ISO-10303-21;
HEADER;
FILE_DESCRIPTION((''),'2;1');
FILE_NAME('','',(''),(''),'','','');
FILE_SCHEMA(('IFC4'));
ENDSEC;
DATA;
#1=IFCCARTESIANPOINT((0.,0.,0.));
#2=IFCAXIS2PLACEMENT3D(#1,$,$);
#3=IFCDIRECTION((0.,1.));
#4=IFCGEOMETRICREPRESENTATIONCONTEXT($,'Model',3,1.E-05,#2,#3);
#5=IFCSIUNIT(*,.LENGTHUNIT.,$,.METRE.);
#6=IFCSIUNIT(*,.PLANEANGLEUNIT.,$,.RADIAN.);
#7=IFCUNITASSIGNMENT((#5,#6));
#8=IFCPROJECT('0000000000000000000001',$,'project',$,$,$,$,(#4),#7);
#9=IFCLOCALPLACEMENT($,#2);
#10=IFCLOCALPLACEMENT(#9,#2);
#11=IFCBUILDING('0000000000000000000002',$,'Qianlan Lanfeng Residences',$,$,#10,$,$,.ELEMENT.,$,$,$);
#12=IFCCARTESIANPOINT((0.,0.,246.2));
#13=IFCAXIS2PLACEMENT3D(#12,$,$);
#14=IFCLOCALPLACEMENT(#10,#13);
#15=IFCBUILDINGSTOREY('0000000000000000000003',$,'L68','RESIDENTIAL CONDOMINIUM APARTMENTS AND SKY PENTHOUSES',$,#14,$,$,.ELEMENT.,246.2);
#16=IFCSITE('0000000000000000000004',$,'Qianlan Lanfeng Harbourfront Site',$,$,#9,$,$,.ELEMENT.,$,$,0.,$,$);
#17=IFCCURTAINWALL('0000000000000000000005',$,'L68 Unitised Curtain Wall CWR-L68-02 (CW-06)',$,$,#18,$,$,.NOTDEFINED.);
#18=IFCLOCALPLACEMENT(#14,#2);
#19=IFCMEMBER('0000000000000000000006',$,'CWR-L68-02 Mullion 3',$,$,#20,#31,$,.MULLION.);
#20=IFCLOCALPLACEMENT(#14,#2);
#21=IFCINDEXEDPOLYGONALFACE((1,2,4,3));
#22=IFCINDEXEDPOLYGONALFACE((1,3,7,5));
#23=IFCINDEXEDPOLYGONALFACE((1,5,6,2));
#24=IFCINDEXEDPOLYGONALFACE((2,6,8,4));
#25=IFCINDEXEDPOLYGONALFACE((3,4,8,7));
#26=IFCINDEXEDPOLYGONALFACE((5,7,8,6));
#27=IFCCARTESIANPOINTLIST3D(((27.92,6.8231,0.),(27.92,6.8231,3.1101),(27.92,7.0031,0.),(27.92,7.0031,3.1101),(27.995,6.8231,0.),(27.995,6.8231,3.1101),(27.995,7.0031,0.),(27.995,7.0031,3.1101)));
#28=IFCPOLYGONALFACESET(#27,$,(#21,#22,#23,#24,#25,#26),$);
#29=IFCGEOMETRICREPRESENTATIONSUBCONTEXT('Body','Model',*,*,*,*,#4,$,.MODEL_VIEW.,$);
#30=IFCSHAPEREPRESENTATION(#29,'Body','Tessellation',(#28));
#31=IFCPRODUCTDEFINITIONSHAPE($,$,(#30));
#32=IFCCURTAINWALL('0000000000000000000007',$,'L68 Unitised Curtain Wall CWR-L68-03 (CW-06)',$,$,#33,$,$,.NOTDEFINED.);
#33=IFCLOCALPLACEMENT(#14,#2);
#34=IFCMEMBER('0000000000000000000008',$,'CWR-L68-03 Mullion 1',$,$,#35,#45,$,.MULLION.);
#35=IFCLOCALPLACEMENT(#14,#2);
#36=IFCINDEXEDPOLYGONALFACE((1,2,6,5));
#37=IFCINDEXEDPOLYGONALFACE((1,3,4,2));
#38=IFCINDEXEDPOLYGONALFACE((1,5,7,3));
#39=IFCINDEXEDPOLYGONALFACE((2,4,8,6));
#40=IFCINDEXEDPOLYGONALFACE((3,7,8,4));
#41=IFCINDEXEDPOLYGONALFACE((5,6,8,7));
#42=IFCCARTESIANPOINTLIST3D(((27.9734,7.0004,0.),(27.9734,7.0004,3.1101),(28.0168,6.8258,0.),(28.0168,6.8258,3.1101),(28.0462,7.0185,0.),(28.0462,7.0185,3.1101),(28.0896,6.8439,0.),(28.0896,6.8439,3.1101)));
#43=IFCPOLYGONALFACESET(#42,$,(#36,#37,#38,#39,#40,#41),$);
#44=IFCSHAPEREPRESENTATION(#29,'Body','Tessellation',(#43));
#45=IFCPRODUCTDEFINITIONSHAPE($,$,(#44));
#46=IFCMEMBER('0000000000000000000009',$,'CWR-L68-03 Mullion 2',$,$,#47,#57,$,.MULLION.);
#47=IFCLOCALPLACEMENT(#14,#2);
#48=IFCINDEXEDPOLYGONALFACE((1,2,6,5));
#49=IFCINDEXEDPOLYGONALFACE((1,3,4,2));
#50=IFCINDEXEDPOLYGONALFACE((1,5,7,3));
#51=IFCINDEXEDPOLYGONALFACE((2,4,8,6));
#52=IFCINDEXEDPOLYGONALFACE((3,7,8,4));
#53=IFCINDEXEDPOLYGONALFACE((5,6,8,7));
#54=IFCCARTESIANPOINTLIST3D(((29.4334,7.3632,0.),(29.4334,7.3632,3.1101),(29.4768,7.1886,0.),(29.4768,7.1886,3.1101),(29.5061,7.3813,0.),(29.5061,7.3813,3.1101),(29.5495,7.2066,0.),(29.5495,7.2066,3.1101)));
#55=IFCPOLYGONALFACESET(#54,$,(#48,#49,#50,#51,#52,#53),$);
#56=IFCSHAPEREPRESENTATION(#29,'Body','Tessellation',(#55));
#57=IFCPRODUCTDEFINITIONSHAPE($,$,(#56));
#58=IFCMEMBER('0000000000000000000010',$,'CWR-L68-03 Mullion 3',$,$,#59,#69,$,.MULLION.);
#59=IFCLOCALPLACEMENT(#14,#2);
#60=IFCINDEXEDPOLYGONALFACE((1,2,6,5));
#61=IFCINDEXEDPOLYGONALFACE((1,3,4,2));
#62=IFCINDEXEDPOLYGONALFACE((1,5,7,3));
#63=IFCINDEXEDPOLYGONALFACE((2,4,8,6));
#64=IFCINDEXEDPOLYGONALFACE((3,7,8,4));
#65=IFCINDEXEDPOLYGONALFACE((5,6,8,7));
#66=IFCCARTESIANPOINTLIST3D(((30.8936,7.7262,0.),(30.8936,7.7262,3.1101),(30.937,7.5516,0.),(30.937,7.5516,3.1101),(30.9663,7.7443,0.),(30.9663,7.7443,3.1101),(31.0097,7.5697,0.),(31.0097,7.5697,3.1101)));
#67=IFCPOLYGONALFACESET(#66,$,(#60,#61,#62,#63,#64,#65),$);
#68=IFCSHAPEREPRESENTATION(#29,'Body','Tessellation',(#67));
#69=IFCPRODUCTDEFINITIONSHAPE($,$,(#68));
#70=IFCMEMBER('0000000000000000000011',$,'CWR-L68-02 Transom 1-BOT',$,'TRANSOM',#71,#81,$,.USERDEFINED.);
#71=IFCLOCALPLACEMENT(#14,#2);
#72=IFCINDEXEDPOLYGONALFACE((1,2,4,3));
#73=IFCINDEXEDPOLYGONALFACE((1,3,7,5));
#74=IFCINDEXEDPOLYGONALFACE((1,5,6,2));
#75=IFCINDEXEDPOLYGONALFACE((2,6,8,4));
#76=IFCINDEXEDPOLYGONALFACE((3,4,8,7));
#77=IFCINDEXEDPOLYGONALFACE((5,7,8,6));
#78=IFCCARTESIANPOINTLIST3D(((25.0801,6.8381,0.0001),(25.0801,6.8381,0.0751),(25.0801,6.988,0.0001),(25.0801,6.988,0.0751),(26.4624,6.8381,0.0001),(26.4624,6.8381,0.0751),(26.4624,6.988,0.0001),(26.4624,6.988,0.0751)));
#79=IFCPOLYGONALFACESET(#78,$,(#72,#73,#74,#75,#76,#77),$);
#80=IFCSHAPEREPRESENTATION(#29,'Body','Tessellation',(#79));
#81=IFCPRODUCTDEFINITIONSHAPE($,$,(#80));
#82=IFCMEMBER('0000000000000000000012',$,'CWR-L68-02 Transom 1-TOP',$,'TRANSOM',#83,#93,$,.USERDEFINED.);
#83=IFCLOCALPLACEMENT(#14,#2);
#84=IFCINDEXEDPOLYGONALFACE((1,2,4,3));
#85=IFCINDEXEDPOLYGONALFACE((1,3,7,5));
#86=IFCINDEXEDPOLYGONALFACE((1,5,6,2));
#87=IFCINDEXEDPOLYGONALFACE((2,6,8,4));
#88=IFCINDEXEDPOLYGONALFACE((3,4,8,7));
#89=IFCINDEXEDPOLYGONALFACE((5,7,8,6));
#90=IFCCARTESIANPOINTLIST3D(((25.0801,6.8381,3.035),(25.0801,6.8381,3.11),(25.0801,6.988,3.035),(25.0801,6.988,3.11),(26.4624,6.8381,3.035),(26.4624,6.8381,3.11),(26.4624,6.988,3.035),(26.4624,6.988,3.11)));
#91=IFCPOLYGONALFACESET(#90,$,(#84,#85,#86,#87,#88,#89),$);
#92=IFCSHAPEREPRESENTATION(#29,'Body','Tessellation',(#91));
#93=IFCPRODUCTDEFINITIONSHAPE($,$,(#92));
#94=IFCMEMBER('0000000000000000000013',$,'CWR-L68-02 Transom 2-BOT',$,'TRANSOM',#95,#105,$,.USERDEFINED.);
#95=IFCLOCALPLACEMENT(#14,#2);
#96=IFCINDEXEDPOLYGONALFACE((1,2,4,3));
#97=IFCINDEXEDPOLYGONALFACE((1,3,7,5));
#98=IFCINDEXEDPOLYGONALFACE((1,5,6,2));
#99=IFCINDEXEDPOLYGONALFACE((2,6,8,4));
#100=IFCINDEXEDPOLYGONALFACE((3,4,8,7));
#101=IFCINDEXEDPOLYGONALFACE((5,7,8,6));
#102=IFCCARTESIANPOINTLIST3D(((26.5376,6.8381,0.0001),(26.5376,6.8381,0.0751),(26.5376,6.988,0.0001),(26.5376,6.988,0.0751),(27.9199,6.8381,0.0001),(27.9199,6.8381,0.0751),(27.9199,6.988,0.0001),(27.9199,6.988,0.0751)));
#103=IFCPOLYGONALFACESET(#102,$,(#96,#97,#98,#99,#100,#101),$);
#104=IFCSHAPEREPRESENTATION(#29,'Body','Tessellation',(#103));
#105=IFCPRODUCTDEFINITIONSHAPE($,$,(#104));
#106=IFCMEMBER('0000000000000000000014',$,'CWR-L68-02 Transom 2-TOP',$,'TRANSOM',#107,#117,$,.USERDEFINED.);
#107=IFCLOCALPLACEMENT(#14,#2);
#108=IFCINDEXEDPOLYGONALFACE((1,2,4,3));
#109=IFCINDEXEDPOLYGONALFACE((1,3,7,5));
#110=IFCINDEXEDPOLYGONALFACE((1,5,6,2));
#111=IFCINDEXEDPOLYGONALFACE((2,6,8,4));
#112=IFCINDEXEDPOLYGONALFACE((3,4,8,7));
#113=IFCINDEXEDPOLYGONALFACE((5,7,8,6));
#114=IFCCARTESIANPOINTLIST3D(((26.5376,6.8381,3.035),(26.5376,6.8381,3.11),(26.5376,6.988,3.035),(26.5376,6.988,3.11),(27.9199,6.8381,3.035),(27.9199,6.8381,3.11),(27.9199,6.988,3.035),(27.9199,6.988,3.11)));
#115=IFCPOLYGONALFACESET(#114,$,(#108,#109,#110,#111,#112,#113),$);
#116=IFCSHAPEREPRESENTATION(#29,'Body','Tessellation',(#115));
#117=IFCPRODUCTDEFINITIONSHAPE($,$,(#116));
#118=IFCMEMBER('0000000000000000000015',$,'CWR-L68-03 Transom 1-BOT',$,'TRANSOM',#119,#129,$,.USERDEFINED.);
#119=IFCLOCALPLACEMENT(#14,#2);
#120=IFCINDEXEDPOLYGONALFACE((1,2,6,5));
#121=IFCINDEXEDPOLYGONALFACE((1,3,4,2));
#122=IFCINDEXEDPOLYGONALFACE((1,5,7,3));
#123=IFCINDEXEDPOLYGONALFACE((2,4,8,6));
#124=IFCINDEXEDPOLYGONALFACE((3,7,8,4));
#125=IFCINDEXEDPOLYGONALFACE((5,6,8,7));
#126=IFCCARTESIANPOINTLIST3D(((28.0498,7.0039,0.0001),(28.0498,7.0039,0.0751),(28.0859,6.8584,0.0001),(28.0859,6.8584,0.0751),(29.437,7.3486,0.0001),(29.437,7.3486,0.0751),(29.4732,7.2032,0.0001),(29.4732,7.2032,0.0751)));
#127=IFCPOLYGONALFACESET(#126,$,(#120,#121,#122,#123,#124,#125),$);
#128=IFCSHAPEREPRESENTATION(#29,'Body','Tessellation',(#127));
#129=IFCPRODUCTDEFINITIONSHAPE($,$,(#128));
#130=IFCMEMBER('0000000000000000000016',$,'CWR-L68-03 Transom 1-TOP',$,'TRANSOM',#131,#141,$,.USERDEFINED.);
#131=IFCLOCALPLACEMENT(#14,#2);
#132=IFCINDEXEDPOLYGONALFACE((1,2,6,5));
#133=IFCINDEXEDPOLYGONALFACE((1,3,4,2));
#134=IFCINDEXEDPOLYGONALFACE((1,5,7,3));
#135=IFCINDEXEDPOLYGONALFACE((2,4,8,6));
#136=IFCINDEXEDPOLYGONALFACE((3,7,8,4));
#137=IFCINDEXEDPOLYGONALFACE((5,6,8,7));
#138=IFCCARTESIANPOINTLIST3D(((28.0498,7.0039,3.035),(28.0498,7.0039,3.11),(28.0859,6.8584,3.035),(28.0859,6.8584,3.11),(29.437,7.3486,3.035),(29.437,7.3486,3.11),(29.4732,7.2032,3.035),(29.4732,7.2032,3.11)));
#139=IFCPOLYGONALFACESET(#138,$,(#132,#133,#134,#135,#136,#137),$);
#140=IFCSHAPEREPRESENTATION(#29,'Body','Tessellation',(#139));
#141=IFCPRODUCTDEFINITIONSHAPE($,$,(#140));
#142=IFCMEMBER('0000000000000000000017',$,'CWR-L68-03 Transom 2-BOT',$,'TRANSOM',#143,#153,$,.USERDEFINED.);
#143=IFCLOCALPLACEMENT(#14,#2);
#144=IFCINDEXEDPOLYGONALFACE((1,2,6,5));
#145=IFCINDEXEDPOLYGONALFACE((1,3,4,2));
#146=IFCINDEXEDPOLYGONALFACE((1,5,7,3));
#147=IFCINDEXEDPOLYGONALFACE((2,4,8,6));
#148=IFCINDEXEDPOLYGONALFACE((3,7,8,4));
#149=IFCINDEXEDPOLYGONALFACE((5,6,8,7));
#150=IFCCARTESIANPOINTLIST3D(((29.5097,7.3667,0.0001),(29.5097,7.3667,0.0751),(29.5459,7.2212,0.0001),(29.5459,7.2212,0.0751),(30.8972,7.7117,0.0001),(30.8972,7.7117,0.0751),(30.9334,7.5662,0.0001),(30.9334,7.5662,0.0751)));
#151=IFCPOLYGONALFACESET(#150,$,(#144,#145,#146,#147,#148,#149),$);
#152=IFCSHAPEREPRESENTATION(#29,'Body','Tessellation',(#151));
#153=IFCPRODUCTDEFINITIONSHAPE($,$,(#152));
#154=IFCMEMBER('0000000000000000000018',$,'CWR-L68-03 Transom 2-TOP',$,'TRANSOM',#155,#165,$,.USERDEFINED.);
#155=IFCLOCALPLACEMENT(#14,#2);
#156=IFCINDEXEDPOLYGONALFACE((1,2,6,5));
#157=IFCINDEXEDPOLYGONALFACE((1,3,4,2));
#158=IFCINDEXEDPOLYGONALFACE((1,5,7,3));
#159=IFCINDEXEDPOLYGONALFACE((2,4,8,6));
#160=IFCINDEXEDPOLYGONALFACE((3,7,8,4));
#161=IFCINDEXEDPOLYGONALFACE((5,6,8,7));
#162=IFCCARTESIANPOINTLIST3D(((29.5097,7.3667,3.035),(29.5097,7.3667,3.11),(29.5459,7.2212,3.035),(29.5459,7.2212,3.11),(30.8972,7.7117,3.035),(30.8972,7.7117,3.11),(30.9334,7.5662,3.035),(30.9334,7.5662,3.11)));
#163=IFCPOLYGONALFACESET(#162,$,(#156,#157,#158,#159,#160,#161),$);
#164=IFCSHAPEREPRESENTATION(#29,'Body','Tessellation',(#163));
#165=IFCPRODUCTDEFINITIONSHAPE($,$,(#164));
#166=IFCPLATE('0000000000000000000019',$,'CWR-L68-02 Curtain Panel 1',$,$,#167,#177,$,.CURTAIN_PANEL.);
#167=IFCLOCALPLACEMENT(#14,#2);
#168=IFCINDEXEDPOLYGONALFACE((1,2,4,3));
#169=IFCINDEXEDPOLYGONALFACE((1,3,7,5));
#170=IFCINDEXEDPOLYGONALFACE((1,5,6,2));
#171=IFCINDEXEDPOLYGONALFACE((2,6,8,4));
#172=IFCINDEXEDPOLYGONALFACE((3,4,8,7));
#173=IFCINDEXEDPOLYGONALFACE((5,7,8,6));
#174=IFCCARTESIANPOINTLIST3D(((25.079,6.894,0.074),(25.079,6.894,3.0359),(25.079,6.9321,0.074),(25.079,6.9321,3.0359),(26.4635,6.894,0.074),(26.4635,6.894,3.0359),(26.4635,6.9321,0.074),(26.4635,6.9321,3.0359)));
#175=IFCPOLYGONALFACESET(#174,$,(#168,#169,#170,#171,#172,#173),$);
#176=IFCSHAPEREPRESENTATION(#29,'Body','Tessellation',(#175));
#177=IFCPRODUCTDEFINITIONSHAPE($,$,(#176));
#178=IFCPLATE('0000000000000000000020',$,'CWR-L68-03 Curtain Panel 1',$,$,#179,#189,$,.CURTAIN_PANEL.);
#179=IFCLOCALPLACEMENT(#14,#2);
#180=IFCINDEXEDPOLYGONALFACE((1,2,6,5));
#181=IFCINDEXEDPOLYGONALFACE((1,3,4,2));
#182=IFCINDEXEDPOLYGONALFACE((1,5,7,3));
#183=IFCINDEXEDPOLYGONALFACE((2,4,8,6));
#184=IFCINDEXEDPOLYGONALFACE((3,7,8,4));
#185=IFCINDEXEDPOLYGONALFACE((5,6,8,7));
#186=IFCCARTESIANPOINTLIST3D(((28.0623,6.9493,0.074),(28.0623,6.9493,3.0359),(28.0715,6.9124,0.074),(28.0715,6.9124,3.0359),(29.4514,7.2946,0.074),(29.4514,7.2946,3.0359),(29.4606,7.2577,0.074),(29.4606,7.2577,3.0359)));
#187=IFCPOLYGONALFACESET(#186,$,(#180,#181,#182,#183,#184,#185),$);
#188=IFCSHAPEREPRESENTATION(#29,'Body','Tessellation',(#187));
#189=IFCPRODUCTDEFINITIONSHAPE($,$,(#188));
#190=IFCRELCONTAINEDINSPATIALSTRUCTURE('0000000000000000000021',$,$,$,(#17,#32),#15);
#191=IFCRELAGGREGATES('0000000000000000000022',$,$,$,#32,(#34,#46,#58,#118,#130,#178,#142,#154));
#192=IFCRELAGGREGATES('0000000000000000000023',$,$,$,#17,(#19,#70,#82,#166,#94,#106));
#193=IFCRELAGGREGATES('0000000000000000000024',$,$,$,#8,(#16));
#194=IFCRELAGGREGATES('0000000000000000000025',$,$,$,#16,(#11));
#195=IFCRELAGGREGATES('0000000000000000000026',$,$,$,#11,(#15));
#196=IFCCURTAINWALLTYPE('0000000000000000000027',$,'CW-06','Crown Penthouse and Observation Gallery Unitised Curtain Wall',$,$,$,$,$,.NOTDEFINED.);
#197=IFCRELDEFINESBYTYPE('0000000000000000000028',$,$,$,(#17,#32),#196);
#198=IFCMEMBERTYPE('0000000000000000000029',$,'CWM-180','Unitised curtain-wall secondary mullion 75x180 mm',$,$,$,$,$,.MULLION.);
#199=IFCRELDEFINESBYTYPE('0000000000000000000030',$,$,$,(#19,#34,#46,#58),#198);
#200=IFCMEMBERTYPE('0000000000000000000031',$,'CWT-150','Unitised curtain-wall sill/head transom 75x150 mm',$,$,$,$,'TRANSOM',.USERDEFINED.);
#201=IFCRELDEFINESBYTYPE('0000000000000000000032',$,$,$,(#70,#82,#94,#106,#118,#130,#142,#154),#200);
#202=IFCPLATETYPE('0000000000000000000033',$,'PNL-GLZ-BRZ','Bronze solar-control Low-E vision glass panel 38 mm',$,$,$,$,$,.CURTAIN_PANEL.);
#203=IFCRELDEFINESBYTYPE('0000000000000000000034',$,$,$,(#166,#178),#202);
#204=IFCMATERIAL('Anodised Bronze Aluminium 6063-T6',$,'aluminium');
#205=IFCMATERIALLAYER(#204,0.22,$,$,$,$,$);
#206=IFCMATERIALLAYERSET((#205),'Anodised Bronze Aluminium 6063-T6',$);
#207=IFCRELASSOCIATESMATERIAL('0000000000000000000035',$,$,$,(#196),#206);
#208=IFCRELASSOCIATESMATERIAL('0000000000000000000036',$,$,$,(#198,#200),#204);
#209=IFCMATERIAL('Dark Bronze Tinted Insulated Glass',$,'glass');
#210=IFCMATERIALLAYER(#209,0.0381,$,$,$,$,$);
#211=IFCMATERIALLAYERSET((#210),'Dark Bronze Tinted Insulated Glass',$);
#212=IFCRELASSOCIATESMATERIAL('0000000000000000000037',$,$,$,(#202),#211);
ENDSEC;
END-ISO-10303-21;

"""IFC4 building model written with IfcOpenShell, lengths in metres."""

from ifc_helpers import new_model, si_unit, direction, frame, origin, origin_2d, place, context, subcontext, project, spatial, rectangle, extrude, source, transform, mapped, material, layer, layer_set, material_profile, profile_set, type_object, element, aggregate, save


model = new_model("IFC4")

# Units and contexts
model_context = context("Model", 3, precision=1e-05, world=origin(), true_north=direction((0.0, 1.0)))
body_context = subcontext(model_context, "Body", "Model", "MODEL_VIEW")
ifc_project = project(units=[si_unit("LENGTHUNIT", "METRE"), si_unit("PLANEANGLEUNIT", "RADIAN")], contexts=[model_context])

# Site, building, storey
site_placement = place(None, origin())
site = spatial("IfcSite", under=ifc_project, at=site_placement, Name="Qianlan Lanfeng Harbourfront Site", CompositionType="ELEMENT", RefElevation=0.0)
building_placement = place(site_placement, origin())
building = spatial("IfcBuilding", under=site, at=building_placement, Name="Qianlan Lanfeng Residences", CompositionType="ELEMENT")
storey_placement = place(building_placement, frame((0.0, 0.0, 246.2)))
storey = spatial("IfcBuildingStorey", under=building, at=storey_placement, Name="L68", Description="RESIDENTIAL CONDOMINIUM APARTMENTS AND SKY PENTHOUSES", CompositionType="ELEMENT", Elevation=246.2)

# Curtain walls, members
ifc_material_1 = material(Name="Anodised Bronze Aluminium 6063-T6", Category="aluminium")
ifc_layer_1 = layer(ifc_material_1, 0.22)
ifc_layer_set_1 = layer_set([ifc_layer_1], Name="Anodised Bronze Aluminium 6063-T6")
curtain_wall_type = type_object("IfcCurtainWallType", Name="CW-06", Description="Crown Penthouse and Observation Gallery Unitised Curtain Wall", PredefinedType="NOTDEFINED", material=ifc_layer_set_1)
curtain_wall_1_placement = place(storey_placement, origin())
curtain_wall_1 = element("IfcCurtainWall", 1, at=curtain_wall_1_placement, inside=storey, type_object=curtain_wall_type, Name="L68 Unitised Curtain Wall CWR-L68-02 (CW-06)", PredefinedType="NOTDEFINED")
ifc_material_profile_1 = material_profile(ifc_material_1, rectangle(XDim=0.075, YDim=0.1799, at=origin_2d()), Name="ALU MULLION 75x180")
ifc_profile_set_1 = profile_set([ifc_material_profile_1], Name="Anodised Bronze Aluminium 6063-T6")
member_type_1 = type_object("IfcMemberType", Name="CWM-180", Description="Unitised curtain-wall secondary mullion 75x180 mm", PredefinedType="MULLION", material=ifc_profile_set_1)
shared_shape_1 = source(origin(), body_context, "Body", "SweptSolid", [
    extrude(rectangle(XDim=0.075, YDim=0.1799, at=origin_2d()), origin(), (0.0, 0.0, 1.0), 3.1101),
])
member_1_placement = place(storey_placement, frame((27.9575, 6.9131, 0.0), z_axis=(0.0, 0.0, 1.0), x_axis=(1.0, 0.0, 0.0)))
member_1 = element("IfcMember", 2, at=member_1_placement, type_object=member_type_1, Name="CWR-L68-02 Mullion 3", PredefinedType="MULLION", context=body_context, shape_type="MappedRepresentation", body=[
    mapped(shared_shape_1, transform((0.0, 0.0, 0.0), scale=1.0)),
])
curtain_wall_2_placement = place(storey_placement, origin())
curtain_wall_2 = element("IfcCurtainWall", 3, at=curtain_wall_2_placement, inside=storey, type_object=curtain_wall_type, Name="L68 Unitised Curtain Wall CWR-L68-03 (CW-06)", PredefinedType="NOTDEFINED")
member_2_placement = place(storey_placement, frame((28.0315, 6.9221, 0.0), z_axis=(0.0, 0.0, 1.0), x_axis=(0.970466, 0.241238, 0.0)))
member_2 = element("IfcMember", 4, at=member_2_placement, type_object=member_type_1, Name="CWR-L68-03 Mullion 1", PredefinedType="MULLION", context=body_context, shape_type="MappedRepresentation", body=[
    mapped(shared_shape_1, transform((0.0, 0.0, 0.0), scale=1.0)),
])
member_3_placement = place(storey_placement, frame((29.4915, 7.2849, 0.0), z_axis=(0.0, 0.0, 1.0), x_axis=(0.970466, 0.241238, 0.0)))
member_3 = element("IfcMember", 5, at=member_3_placement, type_object=member_type_1, Name="CWR-L68-03 Mullion 2", PredefinedType="MULLION", context=body_context, shape_type="MappedRepresentation", body=[
    mapped(shared_shape_1, transform((0.0, 0.0, 0.0), scale=1.0)),
])
member_4_placement = place(storey_placement, frame((30.9517, 7.6479, 0.0), z_axis=(0.0, 0.0, 1.0), x_axis=(0.970466, 0.241238, 0.0)))
member_4 = element("IfcMember", 6, at=member_4_placement, type_object=member_type_1, Name="CWR-L68-03 Mullion 3", PredefinedType="MULLION", context=body_context, shape_type="MappedRepresentation", body=[
    mapped(shared_shape_1, transform((0.0, 0.0, 0.0), scale=1.0)),
])

# Members
ifc_material_profile_2 = material_profile(ifc_material_1, rectangle(XDim=0.075, YDim=0.1499, at=origin_2d()), Name="ALU TRANSOM 75x150")
ifc_profile_set_2 = profile_set([ifc_material_profile_2], Name="Anodised Bronze Aluminium 6063-T6")
member_type_2 = type_object("IfcMemberType", Name="CWT-150", Description="Unitised curtain-wall sill/head transom 75x150 mm", ElementType="TRANSOM", PredefinedType="USERDEFINED", material=ifc_profile_set_2)
shared_shape_2 = source(origin(), body_context, "Body", "SweptSolid", [
    extrude(rectangle(XDim=0.075, YDim=0.1499, at=origin_2d()), origin(), (0.0, 0.0, 1.0), 1.3823),
])
member_5_placement = place(storey_placement, frame((25.0801, 6.9131, 0.0376), z_axis=(1.0, 0.0, 0.0), x_axis=(0.0, 0.0, 1.0)))
member_5 = element("IfcMember", 7, at=member_5_placement, type_object=member_type_2, Name="CWR-L68-02 Transom 1-BOT", ObjectType="TRANSOM", PredefinedType="USERDEFINED", context=body_context, shape_type="MappedRepresentation", body=[
    mapped(shared_shape_2, transform((0.0, 0.0, 0.0), scale=1.0)),
])
member_6_placement = place(storey_placement, frame((25.0801, 6.9131, 3.0725), z_axis=(1.0, 0.0, 0.0), x_axis=(0.0, 0.0, 1.0)))
member_6 = element("IfcMember", 8, at=member_6_placement, type_object=member_type_2, Name="CWR-L68-02 Transom 1-TOP", ObjectType="TRANSOM", PredefinedType="USERDEFINED", context=body_context, shape_type="MappedRepresentation", body=[
    mapped(shared_shape_2, transform((0.0, 0.0, 0.0), scale=1.0)),
])
member_7_placement = place(storey_placement, frame((26.5376, 6.9131, 0.0376), z_axis=(1.0, 0.0, 0.0), x_axis=(0.0, 0.0, 1.0)))
member_7 = element("IfcMember", 9, at=member_7_placement, type_object=member_type_2, Name="CWR-L68-02 Transom 2-BOT", ObjectType="TRANSOM", PredefinedType="USERDEFINED", context=body_context, shape_type="MappedRepresentation", body=[
    mapped(shared_shape_2, transform((0.0, 0.0, 0.0), scale=1.0)),
])
member_8_placement = place(storey_placement, frame((26.5376, 6.9131, 3.0725), z_axis=(1.0, 0.0, 0.0), x_axis=(0.0, 0.0, 1.0)))
member_8 = element("IfcMember", 10, at=member_8_placement, type_object=member_type_2, Name="CWR-L68-02 Transom 2-TOP", ObjectType="TRANSOM", PredefinedType="USERDEFINED", context=body_context, shape_type="MappedRepresentation", body=[
    mapped(shared_shape_2, transform((0.0, 0.0, 0.0), scale=1.0)),
])
shared_shape_3 = source(origin(), body_context, "Body", "SweptSolid", [
    extrude(rectangle(XDim=0.075, YDim=0.1499, at=origin_2d()), origin(), (0.0, 0.0, 1.0), 1.4294),
])
member_9_placement = place(storey_placement, frame((28.0679, 6.9312, 0.0376), z_axis=(0.970483, 0.241169, 0.0), x_axis=(0.0, 0.0, 1.0)))
member_9 = element("IfcMember", 11, at=member_9_placement, type_object=member_type_2, Name="CWR-L68-03 Transom 1-BOT", ObjectType="TRANSOM", PredefinedType="USERDEFINED", context=body_context, shape_type="MappedRepresentation", body=[
    mapped(shared_shape_3, transform((0.0, 0.0, 0.0), scale=1.0)),
])
member_10_placement = place(storey_placement, frame((28.0679, 6.9312, 3.0725), z_axis=(0.970483, 0.241169, 0.0), x_axis=(0.0, 0.0, 1.0)))
member_10 = element("IfcMember", 12, at=member_10_placement, type_object=member_type_2, Name="CWR-L68-03 Transom 1-TOP", ObjectType="TRANSOM", PredefinedType="USERDEFINED", context=body_context, shape_type="MappedRepresentation", body=[
    mapped(shared_shape_3, transform((0.0, 0.0, 0.0), scale=1.0)),
])
shared_shape_4 = source(origin(), body_context, "Body", "SweptSolid", [
    extrude(rectangle(XDim=0.075, YDim=0.1499, at=origin_2d()), origin(), (0.0, 0.0, 1.0), 1.4297),
])
member_11_placement = place(storey_placement, frame((29.5278, 7.2939, 0.0376), z_axis=(0.970453, 0.24129, 0.0), x_axis=(0.0, 0.0, 1.0)))
member_11 = element("IfcMember", 13, at=member_11_placement, type_object=member_type_2, Name="CWR-L68-03 Transom 2-BOT", ObjectType="TRANSOM", PredefinedType="USERDEFINED", context=body_context, shape_type="MappedRepresentation", body=[
    mapped(shared_shape_4, transform((0.0, 0.0, 0.0), scale=1.0)),
])
member_12_placement = place(storey_placement, frame((29.5278, 7.2939, 3.0725), z_axis=(0.970453, 0.24129, 0.0), x_axis=(0.0, 0.0, 1.0)))
member_12 = element("IfcMember", 14, at=member_12_placement, type_object=member_type_2, Name="CWR-L68-03 Transom 2-TOP", ObjectType="TRANSOM", PredefinedType="USERDEFINED", context=body_context, shape_type="MappedRepresentation", body=[
    mapped(shared_shape_4, transform((0.0, 0.0, 0.0), scale=1.0)),
])

# Plates
ifc_material_2 = material(Name="Dark Bronze Tinted Insulated Glass", Category="glass")
ifc_layer_2 = layer(ifc_material_2, 0.0381)
ifc_layer_set_2 = layer_set([ifc_layer_2], Name="Dark Bronze Tinted Insulated Glass")
plate_type_1 = type_object("IfcPlateType", Name="PNL-GLZ-BRZ", Description="Bronze solar-control Low-E vision glass panel 38 mm", PredefinedType="CURTAIN_PANEL", material=ifc_layer_set_2)
shared_shape_5 = source(origin(), body_context, "Body", "SweptSolid", [
    extrude(rectangle(XDim=1.3845, YDim=0.0381, at=origin_2d()), origin(), (0.0, 0.0, 1.0), 2.9619),
])
plate_1_placement = place(storey_placement, frame((25.7712, 6.9131, 0.074), z_axis=(0.0, 0.0, 1.0), x_axis=(1.0, 0.0, 0.0)))
plate_1 = element("IfcPlate", 15, at=plate_1_placement, type_object=plate_type_1, Name="CWR-L68-02 Curtain Panel 1", PredefinedType="CURTAIN_PANEL", context=body_context, shape_type="MappedRepresentation", body=[
    mapped(shared_shape_5, transform((0.0, 0.0, 0.0), scale=1.0)),
])
shared_shape_6 = source(origin(), body_context, "Body", "SweptSolid", [
    extrude(rectangle(XDim=1.4314, YDim=0.0381, at=origin_2d()), origin(), (0.0, 0.0, 1.0), 2.9619),
])
plate_2_placement = place(storey_placement, frame((28.7615, 7.1035, 0.074), z_axis=(0.0, 0.0, 1.0), x_axis=(0.970466, 0.241238, 0.0)))
plate_2 = element("IfcPlate", 16, at=plate_2_placement, type_object=plate_type_1, Name="CWR-L68-03 Curtain Panel 1", PredefinedType="CURTAIN_PANEL", context=body_context, shape_type="MappedRepresentation", body=[
    mapped(shared_shape_6, transform((0.0, 0.0, 0.0), scale=1.0)),
])
aggregate(curtain_wall_2, [member_2, member_3, member_4, member_9, member_10, plate_2, member_11, member_12])
aggregate(curtain_wall_1, [member_1, member_5, member_6, plate_1, member_7, member_8])

save(model, "model.ifc")
